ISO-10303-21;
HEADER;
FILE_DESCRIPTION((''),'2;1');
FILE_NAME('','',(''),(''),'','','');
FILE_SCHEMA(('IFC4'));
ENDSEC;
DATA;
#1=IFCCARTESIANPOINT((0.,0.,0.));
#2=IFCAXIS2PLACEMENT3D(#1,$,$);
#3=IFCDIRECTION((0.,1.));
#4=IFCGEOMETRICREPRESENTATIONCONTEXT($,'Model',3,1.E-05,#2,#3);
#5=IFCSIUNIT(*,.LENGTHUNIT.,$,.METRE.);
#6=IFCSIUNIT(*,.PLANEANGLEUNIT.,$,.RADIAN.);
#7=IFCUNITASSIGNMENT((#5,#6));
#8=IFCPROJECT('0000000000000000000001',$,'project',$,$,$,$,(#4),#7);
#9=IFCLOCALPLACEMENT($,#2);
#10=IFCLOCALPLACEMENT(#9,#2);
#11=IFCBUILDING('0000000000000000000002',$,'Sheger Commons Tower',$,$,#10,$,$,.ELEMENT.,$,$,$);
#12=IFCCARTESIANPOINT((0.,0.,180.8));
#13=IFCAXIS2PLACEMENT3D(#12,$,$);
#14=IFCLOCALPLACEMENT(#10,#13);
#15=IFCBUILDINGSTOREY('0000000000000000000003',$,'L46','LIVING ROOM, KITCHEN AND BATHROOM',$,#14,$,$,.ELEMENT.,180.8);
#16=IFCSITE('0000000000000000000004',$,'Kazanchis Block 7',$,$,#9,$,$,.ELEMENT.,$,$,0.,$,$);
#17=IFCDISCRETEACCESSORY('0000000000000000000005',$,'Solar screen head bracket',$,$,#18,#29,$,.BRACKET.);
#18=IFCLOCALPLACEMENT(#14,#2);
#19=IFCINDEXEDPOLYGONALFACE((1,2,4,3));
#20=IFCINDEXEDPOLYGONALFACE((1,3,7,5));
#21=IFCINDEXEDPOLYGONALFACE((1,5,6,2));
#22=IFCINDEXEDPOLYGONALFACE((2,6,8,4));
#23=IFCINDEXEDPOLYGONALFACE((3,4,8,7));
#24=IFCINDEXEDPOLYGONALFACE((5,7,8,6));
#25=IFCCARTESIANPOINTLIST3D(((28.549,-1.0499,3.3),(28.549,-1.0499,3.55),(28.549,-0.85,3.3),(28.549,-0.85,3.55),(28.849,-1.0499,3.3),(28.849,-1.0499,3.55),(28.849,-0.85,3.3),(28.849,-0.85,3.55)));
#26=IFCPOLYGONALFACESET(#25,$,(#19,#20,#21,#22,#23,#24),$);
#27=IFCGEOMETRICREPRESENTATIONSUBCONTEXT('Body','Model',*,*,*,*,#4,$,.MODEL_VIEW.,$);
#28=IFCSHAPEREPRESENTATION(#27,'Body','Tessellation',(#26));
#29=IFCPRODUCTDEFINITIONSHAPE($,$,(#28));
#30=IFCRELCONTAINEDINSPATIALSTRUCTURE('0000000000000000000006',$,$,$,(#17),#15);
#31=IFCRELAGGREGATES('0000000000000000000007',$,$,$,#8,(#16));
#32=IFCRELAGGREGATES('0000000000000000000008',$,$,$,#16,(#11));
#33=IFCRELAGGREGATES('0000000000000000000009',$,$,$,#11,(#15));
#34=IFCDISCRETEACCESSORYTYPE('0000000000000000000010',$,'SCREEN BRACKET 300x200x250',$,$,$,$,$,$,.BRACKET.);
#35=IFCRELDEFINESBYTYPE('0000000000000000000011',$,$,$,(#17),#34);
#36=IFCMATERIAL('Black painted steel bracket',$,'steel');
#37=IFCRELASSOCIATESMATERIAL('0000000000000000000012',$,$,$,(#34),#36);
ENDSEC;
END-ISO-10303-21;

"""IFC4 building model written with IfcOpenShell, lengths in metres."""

from ifc_helpers import new_model, si_unit, direction, frame, origin, origin_2d, place, context, subcontext, project, spatial, rectangle, extrude, material, type_object, element, save


model = new_model("IFC4")

# Units and contexts
model_context = context("Model", 3, precision=1e-05, world=origin(), true_north=direction((0.0, 1.0)))
body_context = subcontext(model_context, "Body", "Model", "MODEL_VIEW")
ifc_project = project(units=[si_unit("LENGTHUNIT", "METRE"), si_unit("PLANEANGLEUNIT", "RADIAN")], contexts=[model_context])

# Site, building, storey
site_placement = place(None, origin())
site = spatial("IfcSite", under=ifc_project, at=site_placement, Name="Kazanchis Block 7", CompositionType="ELEMENT", RefElevation=0.0)
building_placement = place(site_placement, origin())
building = spatial("IfcBuilding", under=site, at=building_placement, Name="Sheger Commons Tower", CompositionType="ELEMENT")
storey_placement = place(building_placement, frame((0.0, 0.0, 180.8)))
storey = spatial("IfcBuildingStorey", under=building, at=storey_placement, Name="L46", Description="LIVING ROOM, KITCHEN AND BATHROOM", CompositionType="ELEMENT", Elevation=180.8)

# Discrete accessory
ifc_material_1 = material(Name="Black painted steel bracket", Category="steel")
discrete_accessory_type = type_object("IfcDiscreteAccessoryType", Name="SCREEN BRACKET 300x200x250", PredefinedType="BRACKET", material=ifc_material_1)
for number, where, z_axis, x_axis, name in (
    (1, (28.699, -0.95, 3.3), (0.0, 0.0, 1.0), (1.0, 0.0, 0.0), "Solar screen head bracket"),
):
    element("IfcDiscreteAccessory", number, at=place(storey_placement, frame(where, z_axis=z_axis, x_axis=x_axis)), inside=storey, type_object=discrete_accessory_type, Name=name, PredefinedType="BRACKET", context=body_context, shape_type="SweptSolid", body=[
        extrude(rectangle(XDim=0.3, YDim=0.2, at=origin_2d()), origin(), (0.0, 0.0, 1.0), 0.25),
    ])

save(model, "model.ifc")
